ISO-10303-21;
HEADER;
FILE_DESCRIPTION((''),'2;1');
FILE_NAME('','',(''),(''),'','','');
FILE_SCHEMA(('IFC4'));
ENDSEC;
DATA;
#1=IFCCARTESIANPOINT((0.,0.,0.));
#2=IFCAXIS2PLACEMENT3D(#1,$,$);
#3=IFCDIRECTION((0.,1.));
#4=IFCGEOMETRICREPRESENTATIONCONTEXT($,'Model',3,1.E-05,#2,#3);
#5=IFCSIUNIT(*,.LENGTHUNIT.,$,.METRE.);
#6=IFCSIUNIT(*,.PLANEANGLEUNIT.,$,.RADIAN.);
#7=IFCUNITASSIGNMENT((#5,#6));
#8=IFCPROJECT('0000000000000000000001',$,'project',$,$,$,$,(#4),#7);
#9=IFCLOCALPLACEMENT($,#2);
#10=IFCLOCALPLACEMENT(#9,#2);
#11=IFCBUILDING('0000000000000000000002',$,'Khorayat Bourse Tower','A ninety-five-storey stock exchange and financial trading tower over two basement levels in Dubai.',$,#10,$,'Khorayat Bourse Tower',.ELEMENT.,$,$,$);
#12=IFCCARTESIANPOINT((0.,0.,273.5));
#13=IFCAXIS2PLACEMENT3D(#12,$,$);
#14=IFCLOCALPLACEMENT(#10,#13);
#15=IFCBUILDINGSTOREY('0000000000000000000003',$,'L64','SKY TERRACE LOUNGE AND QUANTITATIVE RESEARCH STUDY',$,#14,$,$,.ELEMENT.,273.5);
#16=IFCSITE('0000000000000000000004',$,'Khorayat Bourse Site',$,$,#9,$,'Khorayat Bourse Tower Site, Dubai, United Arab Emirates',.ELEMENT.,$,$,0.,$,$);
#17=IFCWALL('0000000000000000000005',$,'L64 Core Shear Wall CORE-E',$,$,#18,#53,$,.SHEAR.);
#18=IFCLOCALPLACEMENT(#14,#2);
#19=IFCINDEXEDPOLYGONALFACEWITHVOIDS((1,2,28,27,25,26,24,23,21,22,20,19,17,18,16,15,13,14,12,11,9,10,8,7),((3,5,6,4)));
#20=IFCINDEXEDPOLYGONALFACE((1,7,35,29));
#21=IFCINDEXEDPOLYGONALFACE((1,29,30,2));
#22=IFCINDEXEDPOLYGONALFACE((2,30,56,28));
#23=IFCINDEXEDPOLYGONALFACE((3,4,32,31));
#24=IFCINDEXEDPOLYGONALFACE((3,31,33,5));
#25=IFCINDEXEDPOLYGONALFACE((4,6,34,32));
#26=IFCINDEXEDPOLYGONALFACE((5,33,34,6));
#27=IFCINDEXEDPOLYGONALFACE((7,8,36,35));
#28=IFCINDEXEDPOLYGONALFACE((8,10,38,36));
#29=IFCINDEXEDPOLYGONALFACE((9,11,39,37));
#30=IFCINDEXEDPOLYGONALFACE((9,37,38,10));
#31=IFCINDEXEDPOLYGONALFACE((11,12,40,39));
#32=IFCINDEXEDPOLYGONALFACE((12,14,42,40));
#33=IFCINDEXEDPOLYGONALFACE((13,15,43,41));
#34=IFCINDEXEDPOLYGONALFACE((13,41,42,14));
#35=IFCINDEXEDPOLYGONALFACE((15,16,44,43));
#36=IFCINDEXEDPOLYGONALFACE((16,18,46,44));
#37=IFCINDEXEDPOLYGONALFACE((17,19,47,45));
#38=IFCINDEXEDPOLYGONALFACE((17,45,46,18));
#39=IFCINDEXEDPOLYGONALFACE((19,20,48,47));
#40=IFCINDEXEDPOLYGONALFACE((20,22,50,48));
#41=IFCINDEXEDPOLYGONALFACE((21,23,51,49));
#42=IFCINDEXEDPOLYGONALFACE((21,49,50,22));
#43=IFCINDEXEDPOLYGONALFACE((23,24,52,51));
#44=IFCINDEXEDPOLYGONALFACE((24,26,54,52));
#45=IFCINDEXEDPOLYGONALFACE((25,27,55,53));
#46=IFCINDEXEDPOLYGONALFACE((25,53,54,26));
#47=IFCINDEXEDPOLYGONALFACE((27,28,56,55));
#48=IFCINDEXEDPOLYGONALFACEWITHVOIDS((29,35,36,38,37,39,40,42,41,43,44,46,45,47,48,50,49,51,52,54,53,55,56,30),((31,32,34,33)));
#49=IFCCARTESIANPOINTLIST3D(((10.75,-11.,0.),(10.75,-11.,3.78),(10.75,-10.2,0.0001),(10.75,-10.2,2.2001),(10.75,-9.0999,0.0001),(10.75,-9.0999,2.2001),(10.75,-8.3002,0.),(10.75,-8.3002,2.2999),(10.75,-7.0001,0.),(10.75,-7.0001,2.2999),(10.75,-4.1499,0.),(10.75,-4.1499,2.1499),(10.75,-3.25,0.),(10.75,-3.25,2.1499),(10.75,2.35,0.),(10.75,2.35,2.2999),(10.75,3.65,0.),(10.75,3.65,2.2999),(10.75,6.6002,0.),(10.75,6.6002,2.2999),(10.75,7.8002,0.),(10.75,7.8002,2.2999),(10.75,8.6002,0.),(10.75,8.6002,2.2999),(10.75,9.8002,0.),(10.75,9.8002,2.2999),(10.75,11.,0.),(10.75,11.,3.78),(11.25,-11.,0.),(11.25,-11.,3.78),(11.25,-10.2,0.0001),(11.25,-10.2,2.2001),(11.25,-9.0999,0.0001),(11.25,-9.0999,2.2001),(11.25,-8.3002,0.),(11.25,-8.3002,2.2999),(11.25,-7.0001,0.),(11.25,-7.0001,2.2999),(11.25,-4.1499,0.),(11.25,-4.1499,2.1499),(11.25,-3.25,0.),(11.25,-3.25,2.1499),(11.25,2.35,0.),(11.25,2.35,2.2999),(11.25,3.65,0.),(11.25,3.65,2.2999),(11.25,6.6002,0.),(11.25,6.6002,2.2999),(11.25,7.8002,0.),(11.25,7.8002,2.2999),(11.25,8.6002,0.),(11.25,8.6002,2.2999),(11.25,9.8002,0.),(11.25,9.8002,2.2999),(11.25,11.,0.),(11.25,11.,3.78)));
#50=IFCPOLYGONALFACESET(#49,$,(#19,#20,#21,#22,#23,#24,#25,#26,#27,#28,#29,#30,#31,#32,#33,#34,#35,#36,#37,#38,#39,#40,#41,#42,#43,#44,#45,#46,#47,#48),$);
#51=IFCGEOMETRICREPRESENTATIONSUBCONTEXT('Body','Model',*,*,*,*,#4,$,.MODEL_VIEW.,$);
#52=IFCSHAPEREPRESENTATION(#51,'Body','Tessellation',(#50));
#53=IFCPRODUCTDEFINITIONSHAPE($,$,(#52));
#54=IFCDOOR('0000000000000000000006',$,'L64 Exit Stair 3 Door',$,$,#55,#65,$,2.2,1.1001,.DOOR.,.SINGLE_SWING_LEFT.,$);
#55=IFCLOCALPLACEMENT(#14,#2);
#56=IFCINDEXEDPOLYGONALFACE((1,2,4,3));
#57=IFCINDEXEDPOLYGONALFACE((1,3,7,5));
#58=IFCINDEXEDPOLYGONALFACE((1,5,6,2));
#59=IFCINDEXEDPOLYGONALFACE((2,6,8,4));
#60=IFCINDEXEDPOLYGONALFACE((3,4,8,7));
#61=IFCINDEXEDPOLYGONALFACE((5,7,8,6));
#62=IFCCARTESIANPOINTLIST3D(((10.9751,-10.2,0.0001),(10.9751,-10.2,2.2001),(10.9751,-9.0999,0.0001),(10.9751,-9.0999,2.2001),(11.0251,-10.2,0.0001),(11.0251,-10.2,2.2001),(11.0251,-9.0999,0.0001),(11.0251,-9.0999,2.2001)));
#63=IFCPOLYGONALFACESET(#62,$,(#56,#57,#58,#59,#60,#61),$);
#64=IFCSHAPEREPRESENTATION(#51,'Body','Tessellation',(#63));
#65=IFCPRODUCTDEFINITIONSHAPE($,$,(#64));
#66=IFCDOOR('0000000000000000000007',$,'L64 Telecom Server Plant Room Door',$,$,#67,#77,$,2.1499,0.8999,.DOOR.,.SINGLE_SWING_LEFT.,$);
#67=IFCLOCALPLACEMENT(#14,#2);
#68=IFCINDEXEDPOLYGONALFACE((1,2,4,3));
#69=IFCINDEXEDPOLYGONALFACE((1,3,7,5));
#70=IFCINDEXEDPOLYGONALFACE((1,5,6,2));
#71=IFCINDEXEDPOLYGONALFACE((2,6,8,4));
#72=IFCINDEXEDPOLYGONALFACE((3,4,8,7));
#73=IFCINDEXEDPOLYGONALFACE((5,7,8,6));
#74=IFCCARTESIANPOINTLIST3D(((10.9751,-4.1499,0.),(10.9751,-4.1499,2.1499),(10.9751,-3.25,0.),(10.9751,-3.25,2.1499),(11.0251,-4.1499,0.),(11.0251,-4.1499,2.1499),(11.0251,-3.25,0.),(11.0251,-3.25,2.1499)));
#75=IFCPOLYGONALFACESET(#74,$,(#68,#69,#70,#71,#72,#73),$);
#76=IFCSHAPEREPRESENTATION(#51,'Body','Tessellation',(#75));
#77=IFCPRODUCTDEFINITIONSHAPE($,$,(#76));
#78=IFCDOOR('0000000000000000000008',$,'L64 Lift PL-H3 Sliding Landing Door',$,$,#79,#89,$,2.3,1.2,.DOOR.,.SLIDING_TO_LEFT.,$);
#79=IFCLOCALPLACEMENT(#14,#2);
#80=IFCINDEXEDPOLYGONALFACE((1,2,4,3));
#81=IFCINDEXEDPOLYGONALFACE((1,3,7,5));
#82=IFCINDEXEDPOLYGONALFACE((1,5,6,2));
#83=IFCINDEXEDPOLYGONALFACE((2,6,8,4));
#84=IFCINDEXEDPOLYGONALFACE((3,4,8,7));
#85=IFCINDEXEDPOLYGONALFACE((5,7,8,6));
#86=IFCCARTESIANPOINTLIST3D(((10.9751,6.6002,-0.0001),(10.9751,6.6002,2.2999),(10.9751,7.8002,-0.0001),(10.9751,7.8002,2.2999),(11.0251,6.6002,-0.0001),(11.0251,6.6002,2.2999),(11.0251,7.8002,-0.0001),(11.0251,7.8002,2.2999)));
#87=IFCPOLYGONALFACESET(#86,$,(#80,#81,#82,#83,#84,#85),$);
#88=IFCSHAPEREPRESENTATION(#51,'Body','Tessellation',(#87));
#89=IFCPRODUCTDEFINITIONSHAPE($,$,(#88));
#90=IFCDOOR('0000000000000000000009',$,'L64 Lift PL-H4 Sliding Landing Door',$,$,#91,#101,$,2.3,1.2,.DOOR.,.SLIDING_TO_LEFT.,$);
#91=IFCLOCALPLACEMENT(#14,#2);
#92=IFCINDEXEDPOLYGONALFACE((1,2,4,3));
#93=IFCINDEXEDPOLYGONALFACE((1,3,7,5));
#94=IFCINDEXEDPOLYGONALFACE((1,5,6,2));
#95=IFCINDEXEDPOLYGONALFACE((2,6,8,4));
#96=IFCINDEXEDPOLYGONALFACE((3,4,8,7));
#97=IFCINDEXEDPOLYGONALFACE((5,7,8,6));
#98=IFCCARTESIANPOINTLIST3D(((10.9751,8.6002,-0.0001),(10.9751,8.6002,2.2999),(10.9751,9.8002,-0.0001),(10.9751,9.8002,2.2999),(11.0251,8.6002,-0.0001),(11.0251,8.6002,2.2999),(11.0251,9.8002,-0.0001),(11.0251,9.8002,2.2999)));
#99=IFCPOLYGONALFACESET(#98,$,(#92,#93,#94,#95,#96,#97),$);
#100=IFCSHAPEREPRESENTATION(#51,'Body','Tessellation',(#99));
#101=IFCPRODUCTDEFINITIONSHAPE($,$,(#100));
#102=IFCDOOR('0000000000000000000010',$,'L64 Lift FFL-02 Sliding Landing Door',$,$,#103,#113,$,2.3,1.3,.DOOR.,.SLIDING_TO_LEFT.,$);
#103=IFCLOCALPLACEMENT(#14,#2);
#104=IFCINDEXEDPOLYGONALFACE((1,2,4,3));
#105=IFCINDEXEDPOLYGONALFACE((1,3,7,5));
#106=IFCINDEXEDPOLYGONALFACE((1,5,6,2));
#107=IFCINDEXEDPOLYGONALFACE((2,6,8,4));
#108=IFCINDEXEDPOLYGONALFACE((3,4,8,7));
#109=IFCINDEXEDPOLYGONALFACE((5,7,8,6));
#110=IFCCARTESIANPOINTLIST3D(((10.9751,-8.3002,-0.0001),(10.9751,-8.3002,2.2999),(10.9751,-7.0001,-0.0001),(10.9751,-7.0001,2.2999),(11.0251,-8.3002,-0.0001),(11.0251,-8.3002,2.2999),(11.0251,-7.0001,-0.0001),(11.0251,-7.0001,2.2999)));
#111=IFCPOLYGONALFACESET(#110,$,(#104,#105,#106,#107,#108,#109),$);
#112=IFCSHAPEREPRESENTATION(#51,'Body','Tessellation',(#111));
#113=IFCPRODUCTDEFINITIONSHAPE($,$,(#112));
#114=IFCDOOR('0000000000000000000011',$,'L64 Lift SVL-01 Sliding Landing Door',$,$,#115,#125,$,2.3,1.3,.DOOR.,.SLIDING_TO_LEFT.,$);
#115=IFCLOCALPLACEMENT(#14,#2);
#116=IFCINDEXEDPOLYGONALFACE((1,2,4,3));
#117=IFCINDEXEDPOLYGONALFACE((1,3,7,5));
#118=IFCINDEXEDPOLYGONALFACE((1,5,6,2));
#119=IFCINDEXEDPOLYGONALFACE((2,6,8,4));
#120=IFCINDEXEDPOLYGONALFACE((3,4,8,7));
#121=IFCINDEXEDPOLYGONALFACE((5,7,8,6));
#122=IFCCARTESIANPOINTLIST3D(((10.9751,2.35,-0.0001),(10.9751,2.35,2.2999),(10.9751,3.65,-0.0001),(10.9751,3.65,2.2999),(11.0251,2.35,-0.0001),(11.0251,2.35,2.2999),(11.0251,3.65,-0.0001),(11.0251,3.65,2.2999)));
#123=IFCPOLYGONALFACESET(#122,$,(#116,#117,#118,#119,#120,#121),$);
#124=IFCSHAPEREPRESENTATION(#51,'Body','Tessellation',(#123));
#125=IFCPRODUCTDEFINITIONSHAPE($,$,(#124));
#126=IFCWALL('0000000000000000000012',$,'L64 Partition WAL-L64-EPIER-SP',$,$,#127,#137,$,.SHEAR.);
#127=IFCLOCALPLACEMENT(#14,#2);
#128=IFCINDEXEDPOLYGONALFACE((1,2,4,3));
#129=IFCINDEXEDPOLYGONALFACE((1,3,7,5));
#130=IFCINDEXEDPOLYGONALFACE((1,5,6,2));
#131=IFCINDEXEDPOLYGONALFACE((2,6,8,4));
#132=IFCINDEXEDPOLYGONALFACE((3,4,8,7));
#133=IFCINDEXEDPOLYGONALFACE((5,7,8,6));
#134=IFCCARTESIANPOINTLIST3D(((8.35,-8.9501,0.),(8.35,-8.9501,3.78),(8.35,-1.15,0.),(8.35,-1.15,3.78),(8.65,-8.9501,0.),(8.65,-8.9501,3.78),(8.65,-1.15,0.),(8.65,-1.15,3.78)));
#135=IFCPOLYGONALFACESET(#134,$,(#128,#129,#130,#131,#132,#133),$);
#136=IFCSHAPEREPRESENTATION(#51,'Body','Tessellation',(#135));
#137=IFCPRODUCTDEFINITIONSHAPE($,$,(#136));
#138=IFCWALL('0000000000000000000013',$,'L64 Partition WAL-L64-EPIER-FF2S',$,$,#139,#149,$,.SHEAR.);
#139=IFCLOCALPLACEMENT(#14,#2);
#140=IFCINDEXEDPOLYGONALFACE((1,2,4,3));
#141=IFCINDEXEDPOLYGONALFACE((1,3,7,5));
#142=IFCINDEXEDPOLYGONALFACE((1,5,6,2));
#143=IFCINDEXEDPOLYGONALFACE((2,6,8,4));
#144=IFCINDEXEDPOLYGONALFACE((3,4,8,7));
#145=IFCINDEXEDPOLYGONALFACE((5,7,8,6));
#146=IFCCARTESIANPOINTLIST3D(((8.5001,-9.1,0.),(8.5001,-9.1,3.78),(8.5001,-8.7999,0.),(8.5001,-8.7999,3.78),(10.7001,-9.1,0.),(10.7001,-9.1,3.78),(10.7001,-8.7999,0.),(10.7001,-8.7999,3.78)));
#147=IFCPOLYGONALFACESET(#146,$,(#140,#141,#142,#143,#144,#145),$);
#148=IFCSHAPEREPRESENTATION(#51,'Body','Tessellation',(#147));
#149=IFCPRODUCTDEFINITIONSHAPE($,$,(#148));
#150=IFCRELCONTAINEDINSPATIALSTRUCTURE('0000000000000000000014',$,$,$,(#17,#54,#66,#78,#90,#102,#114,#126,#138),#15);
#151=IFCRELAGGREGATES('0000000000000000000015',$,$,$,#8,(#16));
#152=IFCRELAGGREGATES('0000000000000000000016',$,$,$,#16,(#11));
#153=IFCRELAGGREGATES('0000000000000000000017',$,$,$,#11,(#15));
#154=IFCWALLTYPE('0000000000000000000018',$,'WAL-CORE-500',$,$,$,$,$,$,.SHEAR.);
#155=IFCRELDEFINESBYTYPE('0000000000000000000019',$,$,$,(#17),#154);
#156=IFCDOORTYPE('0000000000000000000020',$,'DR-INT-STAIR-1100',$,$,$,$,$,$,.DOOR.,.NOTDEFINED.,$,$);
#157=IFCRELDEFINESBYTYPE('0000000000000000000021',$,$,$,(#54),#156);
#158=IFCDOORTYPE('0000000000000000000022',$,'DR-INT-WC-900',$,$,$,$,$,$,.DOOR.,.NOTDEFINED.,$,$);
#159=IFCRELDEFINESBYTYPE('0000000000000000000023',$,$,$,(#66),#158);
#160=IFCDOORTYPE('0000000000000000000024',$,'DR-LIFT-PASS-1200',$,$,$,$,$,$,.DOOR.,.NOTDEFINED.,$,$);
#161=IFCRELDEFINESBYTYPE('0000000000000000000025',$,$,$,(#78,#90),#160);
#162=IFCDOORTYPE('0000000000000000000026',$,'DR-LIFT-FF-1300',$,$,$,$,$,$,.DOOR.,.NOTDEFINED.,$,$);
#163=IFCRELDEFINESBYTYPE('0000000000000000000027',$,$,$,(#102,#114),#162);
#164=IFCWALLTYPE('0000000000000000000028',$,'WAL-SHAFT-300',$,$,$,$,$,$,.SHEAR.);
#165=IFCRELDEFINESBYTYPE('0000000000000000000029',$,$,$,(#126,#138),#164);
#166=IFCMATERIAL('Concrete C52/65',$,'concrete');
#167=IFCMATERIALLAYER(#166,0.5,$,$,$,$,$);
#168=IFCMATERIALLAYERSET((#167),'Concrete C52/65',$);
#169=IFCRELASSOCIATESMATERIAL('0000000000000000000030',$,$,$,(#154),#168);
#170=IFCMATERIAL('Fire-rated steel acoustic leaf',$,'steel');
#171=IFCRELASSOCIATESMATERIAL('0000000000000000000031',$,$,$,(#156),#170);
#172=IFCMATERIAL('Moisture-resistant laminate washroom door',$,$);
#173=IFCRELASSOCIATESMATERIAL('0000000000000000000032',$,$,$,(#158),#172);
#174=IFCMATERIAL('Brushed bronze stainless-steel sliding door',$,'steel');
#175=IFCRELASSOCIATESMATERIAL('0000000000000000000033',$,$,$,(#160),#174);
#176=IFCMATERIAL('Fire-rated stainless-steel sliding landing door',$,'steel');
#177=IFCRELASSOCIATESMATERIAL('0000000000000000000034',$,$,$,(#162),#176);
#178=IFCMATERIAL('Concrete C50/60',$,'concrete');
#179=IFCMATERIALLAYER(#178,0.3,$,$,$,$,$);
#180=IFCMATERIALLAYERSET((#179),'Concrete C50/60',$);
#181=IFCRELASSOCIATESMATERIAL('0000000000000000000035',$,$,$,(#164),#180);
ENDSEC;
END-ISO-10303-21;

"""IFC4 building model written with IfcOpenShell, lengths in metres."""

from ifc_helpers import new_model, si_unit, direction, frame, frame_2d, origin, place, context, subcontext, project, spatial, rectangle, extrude, source, transform, mapped, material, layer, layer_set, type_object, element, fill, save


model = new_model("IFC4")

# Units and contexts
model_context = context("Model", 3, precision=1e-05, world=origin(), true_north=direction((0.0, 1.0)))
body_context = subcontext(model_context, "Body", "Model", "MODEL_VIEW")
ifc_project = project(units=[si_unit("LENGTHUNIT", "METRE"), si_unit("PLANEANGLEUNIT", "RADIAN")], contexts=[model_context])

# Site, building, storey
site_placement = place(None, origin())
site = spatial("IfcSite", under=ifc_project, at=site_placement, Name="Khorayat Bourse Site", LongName="Khorayat Bourse Tower Site, Dubai, United Arab Emirates", CompositionType="ELEMENT", RefElevation=0.0)
building_placement = place(site_placement, origin())
building = spatial("IfcBuilding", under=site, at=building_placement, Name="Khorayat Bourse Tower", Description="A ninety-five-storey stock exchange and financial trading tower over two basement levels in Dubai.", LongName="Khorayat Bourse Tower", CompositionType="ELEMENT")
storey_placement = place(building_placement, frame((0.0, 0.0, 273.5)))
storey = spatial("IfcBuildingStorey", under=building, at=storey_placement, Name="L64", Description="SKY TERRACE LOUNGE AND QUANTITATIVE RESEARCH STUDY", CompositionType="ELEMENT", Elevation=273.5)

# Shared definitions
ifc_material_1 = material(Name="Concrete C52/65", Category="concrete")

# Wall, openings, doors
ifc_layer_1 = layer(ifc_material_1, 0.5)
ifc_layer_set_1 = layer_set([ifc_layer_1], Name="Concrete C52/65")
wall_type_1 = type_object("IfcWallType", Name="WAL-CORE-500", PredefinedType="SHEAR", material=ifc_layer_set_1)
shared_shape_1 = source(origin(), body_context, "Body", "SweptSolid", [
    extrude(rectangle(XDim=22.0, YDim=0.5, at=frame_2d((11.0, 0.0))), origin(), (0.0, 0.0, 1.0), 3.78),
])
wall_1_placement = place(storey_placement, frame((11.0, -11.0, 0.0), z_axis=(0.0, 0.0, 1.0), x_axis=(0.0, 1.0, 0.0)))
wall_1 = element("IfcWall", 1, at=wall_1_placement, inside=storey, type_object=wall_type_1, Name="L64 Core Shear Wall CORE-E", PredefinedType="SHEAR", context=body_context, shape_type="MappedRepresentation", body=[
    mapped(shared_shape_1, transform((0.0, 0.0, 0.0), scale=1.0)),
])
shared_shape_2 = source(origin(), body_context, "Body", "SweptSolid", [
    extrude(rectangle(XDim=1.1001, YDim=2.2, at=frame_2d((0.55, 1.1001))), frame((0.0, 0.26, 0.0), z_axis=(0.0, -1.0, 0.0), x_axis=(1.0, 0.0, 0.0)), (0.0, 0.0, 1.0), 0.52),
])
opening_1_placement = place(wall_1_placement, frame((0.8, 0.0, 0.0)))
opening_1 = element("IfcOpeningElement", 2, at=opening_1_placement, cuts=wall_1, PredefinedType="OPENING", context=body_context, shape_type="MappedRepresentation", body=[
    mapped(shared_shape_2, transform((0.0, 0.0, 0.0), scale=1.0)),
])
shared_shape_3 = source(origin(), body_context, "Body", "SweptSolid", [
    extrude(rectangle(XDim=0.8999, YDim=2.1499, at=frame_2d((0.45, 1.075))), frame((0.0, 0.26, 0.0), z_axis=(0.0, -1.0, 0.0), x_axis=(1.0, 0.0, 0.0)), (0.0, 0.0, 1.0), 0.52),
])
opening_2_placement = place(wall_1_placement, frame((6.8501, 0.0, 0.0)))
opening_2 = element("IfcOpeningElement", 3, at=opening_2_placement, cuts=wall_1, PredefinedType="OPENING", context=body_context, shape_type="MappedRepresentation", body=[
    mapped(shared_shape_3, transform((0.0, 0.0, 0.0), scale=1.0)),
])
shared_shape_4 = source(origin(), body_context, "Body", "SweptSolid", [
    extrude(rectangle(XDim=1.2, YDim=2.3, at=frame_2d((0.6001, 1.1499))), frame((0.0, 0.26, 0.0), z_axis=(0.0, -1.0, 0.0), x_axis=(1.0, 0.0, 0.0)), (0.0, 0.0, 1.0), 0.52),
])
opening_3_placement = place(wall_1_placement, frame((17.6001, 0.0, 0.0)))
opening_3 = element("IfcOpeningElement", 4, at=opening_3_placement, cuts=wall_1, PredefinedType="OPENING", context=body_context, shape_type="MappedRepresentation", body=[
    mapped(shared_shape_4, transform((0.0, 0.0, 0.0), scale=1.0)),
])
opening_4_placement = place(wall_1_placement, frame((19.6001, 0.0, 0.0)))
opening_4 = element("IfcOpeningElement", 5, at=opening_4_placement, cuts=wall_1, PredefinedType="OPENING", context=body_context, shape_type="MappedRepresentation", body=[
    mapped(shared_shape_4, transform((0.0, 0.0, 0.0), scale=1.0)),
])
shared_shape_5 = source(origin(), body_context, "Body", "SweptSolid", [
    extrude(rectangle(XDim=1.3, YDim=2.3, at=frame_2d((0.6499, 1.1499))), frame((0.0, 0.26, 0.0), z_axis=(0.0, -1.0, 0.0), x_axis=(1.0, 0.0, 0.0)), (0.0, 0.0, 1.0), 0.52),
])
opening_5_placement = place(wall_1_placement, frame((2.7, 0.0, 0.0)))
opening_5 = element("IfcOpeningElement", 6, at=opening_5_placement, cuts=wall_1, PredefinedType="OPENING", context=body_context, shape_type="MappedRepresentation", body=[
    mapped(shared_shape_5, transform((0.0, 0.0, 0.0), scale=1.0)),
])
opening_6_placement = place(wall_1_placement, frame((13.3501, 0.0, 0.0)))
opening_6 = element("IfcOpeningElement", 7, at=opening_6_placement, cuts=wall_1, PredefinedType="OPENING", context=body_context, shape_type="MappedRepresentation", body=[
    mapped(shared_shape_5, transform((0.0, 0.0, 0.0), scale=1.0)),
])
ifc_material_2 = material(Name="Fire-rated steel acoustic leaf", Category="steel")
door_type_1 = type_object("IfcDoorType", Name="DR-INT-STAIR-1100", OperationType="NOTDEFINED", PredefinedType="DOOR", material=ifc_material_2)
shared_shape_6 = source(origin(), body_context, "Body", "SweptSolid", [
    extrude(rectangle(XDim=1.1001, YDim=2.2, at=frame_2d((0.55, 1.1001))), frame((0.0, 0.0249, 0.0), z_axis=(0.0, -1.0, 0.0), x_axis=(1.0, 0.0, 0.0)), (0.0, 0.0, 1.0), 0.05),
])
door_1_placement = place(opening_1_placement, origin())
door_1 = element("IfcDoor", 8, at=door_1_placement, inside=storey, type_object=door_type_1, Name="L64 Exit Stair 3 Door", OperationType="SINGLE_SWING_LEFT", OverallHeight=2.2, OverallWidth=1.1001, PredefinedType="DOOR", context=body_context, shape_type="MappedRepresentation", body=[
    mapped(shared_shape_6, transform((0.0, 0.0, 0.0), scale=1.0)),
])
fill(opening_1, door_1)
ifc_material_3 = material(Name="Moisture-resistant laminate washroom door")
door_type_2 = type_object("IfcDoorType", Name="DR-INT-WC-900", OperationType="NOTDEFINED", PredefinedType="DOOR", material=ifc_material_3)
shared_shape_7 = source(origin(), body_context, "Body", "SweptSolid", [
    extrude(rectangle(XDim=0.8999, YDim=2.1499, at=frame_2d((0.45, 1.075))), frame((0.0, 0.0249, 0.0), z_axis=(0.0, -1.0, 0.0), x_axis=(1.0, 0.0, 0.0)), (0.0, 0.0, 1.0), 0.05),
])
door_2_placement = place(opening_2_placement, origin())
door_2 = element("IfcDoor", 9, at=door_2_placement, inside=storey, type_object=door_type_2, Name="L64 Telecom Server Plant Room Door", OperationType="SINGLE_SWING_LEFT", OverallHeight=2.1499, OverallWidth=0.8999, PredefinedType="DOOR", context=body_context, shape_type="MappedRepresentation", body=[
    mapped(shared_shape_7, transform((0.0, 0.0, 0.0), scale=1.0)),
])
fill(opening_2, door_2)
ifc_material_4 = material(Name="Brushed bronze stainless-steel sliding door", Category="steel")
door_type_3 = type_object("IfcDoorType", Name="DR-LIFT-PASS-1200", OperationType="NOTDEFINED", PredefinedType="DOOR", material=ifc_material_4)
shared_shape_8 = source(origin(), body_context, "Body", "SweptSolid", [
    extrude(rectangle(XDim=1.2, YDim=2.3, at=frame_2d((0.6001, 1.1499))), frame((0.0, 0.0249, 0.0), z_axis=(0.0, -1.0, 0.0), x_axis=(1.0, 0.0, 0.0)), (0.0, 0.0, 1.0), 0.05),
])
door_3_placement = place(opening_3_placement, origin())
door_3 = element("IfcDoor", 10, at=door_3_placement, inside=storey, type_object=door_type_3, Name="L64 Lift PL-H3 Sliding Landing Door", OperationType="SLIDING_TO_LEFT", OverallHeight=2.3, OverallWidth=1.2, PredefinedType="DOOR", context=body_context, shape_type="MappedRepresentation", body=[
    mapped(shared_shape_8, transform((0.0, 0.0, 0.0), scale=1.0)),
])
fill(opening_3, door_3)
door_4_placement = place(opening_4_placement, origin())
door_4 = element("IfcDoor", 11, at=door_4_placement, inside=storey, type_object=door_type_3, Name="L64 Lift PL-H4 Sliding Landing Door", OperationType="SLIDING_TO_LEFT", OverallHeight=2.3, OverallWidth=1.2, PredefinedType="DOOR", context=body_context, shape_type="MappedRepresentation", body=[
    mapped(shared_shape_8, transform((0.0, 0.0, 0.0), scale=1.0)),
])
fill(opening_4, door_4)
ifc_material_5 = material(Name="Fire-rated stainless-steel sliding landing door", Category="steel")
door_type_4 = type_object("IfcDoorType", Name="DR-LIFT-FF-1300", OperationType="NOTDEFINED", PredefinedType="DOOR", material=ifc_material_5)
shared_shape_9 = source(origin(), body_context, "Body", "SweptSolid", [
    extrude(rectangle(XDim=1.3, YDim=2.3, at=frame_2d((0.6499, 1.1499))), frame((0.0, 0.0249, 0.0), z_axis=(0.0, -1.0, 0.0), x_axis=(1.0, 0.0, 0.0)), (0.0, 0.0, 1.0), 0.05),
])
door_5_placement = place(opening_5_placement, origin())
door_5 = element("IfcDoor", 12, at=door_5_placement, inside=storey, type_object=door_type_4, Name="L64 Lift FFL-02 Sliding Landing Door", OperationType="SLIDING_TO_LEFT", OverallHeight=2.3, OverallWidth=1.3, PredefinedType="DOOR", context=body_context, shape_type="MappedRepresentation", body=[
    mapped(shared_shape_9, transform((0.0, 0.0, 0.0), scale=1.0)),
])
fill(opening_5, door_5)
door_6_placement = place(opening_6_placement, origin())
door_6 = element("IfcDoor", 13, at=door_6_placement, inside=storey, type_object=door_type_4, Name="L64 Lift SVL-01 Sliding Landing Door", OperationType="SLIDING_TO_LEFT", OverallHeight=2.3, OverallWidth=1.3, PredefinedType="DOOR", context=body_context, shape_type="MappedRepresentation", body=[
    mapped(shared_shape_9, transform((0.0, 0.0, 0.0), scale=1.0)),
])
fill(opening_6, door_6)

# Walls
ifc_material_6 = material(Name="Concrete C50/60", Category="concrete")
ifc_layer_2 = layer(ifc_material_6, 0.3)
ifc_layer_set_2 = layer_set([ifc_layer_2], Name="Concrete C50/60")
wall_type_2 = type_object("IfcWallType", Name="WAL-SHAFT-300", PredefinedType="SHEAR", material=ifc_layer_set_2)
shared_shape_10 = source(origin(), body_context, "Body", "SweptSolid", [
    extrude(rectangle(XDim=7.8, YDim=0.3, at=frame_2d((3.8999, 0.0))), origin(), (0.0, 0.0, 1.0), 3.78),
])
wall_2_placement = place(storey_placement, frame((8.5, -8.95, 0.0), z_axis=(0.0, 0.0, 1.0), x_axis=(0.0, 1.0, 0.0)))
element("IfcWall", 14, at=wall_2_placement, inside=storey, type_object=wall_type_2, Name="L64 Partition WAL-L64-EPIER-SP", PredefinedType="SHEAR", context=body_context, shape_type="MappedRepresentation", body=[
    mapped(shared_shape_10, transform((0.0, 0.0, 0.0), scale=1.0)),
])
shared_shape_11 = source(origin(), body_context, "Body", "SweptSolid", [
    extrude(rectangle(XDim=2.2, YDim=0.3, at=frame_2d((1.1001, 0.0))), origin(), (0.0, 0.0, 1.0), 3.78),
])
for number, where, z_axis, x_axis, name in (
    (15, (8.5, -8.95, 0.0), (0.0, 0.0, 1.0), (1.0, 0.0, 0.0), "L64 Partition WAL-L64-EPIER-FF2S"),
):
    element("IfcWall", number, at=place(storey_placement, frame(where, z_axis=z_axis, x_axis=x_axis)), inside=storey, type_object=wall_type_2, Name=name, PredefinedType="SHEAR", context=body_context, shape_type="MappedRepresentation", body=[
        mapped(shared_shape_11, transform((0.0, 0.0, 0.0), scale=1.0)),
    ])

save(model, "model.ifc")
